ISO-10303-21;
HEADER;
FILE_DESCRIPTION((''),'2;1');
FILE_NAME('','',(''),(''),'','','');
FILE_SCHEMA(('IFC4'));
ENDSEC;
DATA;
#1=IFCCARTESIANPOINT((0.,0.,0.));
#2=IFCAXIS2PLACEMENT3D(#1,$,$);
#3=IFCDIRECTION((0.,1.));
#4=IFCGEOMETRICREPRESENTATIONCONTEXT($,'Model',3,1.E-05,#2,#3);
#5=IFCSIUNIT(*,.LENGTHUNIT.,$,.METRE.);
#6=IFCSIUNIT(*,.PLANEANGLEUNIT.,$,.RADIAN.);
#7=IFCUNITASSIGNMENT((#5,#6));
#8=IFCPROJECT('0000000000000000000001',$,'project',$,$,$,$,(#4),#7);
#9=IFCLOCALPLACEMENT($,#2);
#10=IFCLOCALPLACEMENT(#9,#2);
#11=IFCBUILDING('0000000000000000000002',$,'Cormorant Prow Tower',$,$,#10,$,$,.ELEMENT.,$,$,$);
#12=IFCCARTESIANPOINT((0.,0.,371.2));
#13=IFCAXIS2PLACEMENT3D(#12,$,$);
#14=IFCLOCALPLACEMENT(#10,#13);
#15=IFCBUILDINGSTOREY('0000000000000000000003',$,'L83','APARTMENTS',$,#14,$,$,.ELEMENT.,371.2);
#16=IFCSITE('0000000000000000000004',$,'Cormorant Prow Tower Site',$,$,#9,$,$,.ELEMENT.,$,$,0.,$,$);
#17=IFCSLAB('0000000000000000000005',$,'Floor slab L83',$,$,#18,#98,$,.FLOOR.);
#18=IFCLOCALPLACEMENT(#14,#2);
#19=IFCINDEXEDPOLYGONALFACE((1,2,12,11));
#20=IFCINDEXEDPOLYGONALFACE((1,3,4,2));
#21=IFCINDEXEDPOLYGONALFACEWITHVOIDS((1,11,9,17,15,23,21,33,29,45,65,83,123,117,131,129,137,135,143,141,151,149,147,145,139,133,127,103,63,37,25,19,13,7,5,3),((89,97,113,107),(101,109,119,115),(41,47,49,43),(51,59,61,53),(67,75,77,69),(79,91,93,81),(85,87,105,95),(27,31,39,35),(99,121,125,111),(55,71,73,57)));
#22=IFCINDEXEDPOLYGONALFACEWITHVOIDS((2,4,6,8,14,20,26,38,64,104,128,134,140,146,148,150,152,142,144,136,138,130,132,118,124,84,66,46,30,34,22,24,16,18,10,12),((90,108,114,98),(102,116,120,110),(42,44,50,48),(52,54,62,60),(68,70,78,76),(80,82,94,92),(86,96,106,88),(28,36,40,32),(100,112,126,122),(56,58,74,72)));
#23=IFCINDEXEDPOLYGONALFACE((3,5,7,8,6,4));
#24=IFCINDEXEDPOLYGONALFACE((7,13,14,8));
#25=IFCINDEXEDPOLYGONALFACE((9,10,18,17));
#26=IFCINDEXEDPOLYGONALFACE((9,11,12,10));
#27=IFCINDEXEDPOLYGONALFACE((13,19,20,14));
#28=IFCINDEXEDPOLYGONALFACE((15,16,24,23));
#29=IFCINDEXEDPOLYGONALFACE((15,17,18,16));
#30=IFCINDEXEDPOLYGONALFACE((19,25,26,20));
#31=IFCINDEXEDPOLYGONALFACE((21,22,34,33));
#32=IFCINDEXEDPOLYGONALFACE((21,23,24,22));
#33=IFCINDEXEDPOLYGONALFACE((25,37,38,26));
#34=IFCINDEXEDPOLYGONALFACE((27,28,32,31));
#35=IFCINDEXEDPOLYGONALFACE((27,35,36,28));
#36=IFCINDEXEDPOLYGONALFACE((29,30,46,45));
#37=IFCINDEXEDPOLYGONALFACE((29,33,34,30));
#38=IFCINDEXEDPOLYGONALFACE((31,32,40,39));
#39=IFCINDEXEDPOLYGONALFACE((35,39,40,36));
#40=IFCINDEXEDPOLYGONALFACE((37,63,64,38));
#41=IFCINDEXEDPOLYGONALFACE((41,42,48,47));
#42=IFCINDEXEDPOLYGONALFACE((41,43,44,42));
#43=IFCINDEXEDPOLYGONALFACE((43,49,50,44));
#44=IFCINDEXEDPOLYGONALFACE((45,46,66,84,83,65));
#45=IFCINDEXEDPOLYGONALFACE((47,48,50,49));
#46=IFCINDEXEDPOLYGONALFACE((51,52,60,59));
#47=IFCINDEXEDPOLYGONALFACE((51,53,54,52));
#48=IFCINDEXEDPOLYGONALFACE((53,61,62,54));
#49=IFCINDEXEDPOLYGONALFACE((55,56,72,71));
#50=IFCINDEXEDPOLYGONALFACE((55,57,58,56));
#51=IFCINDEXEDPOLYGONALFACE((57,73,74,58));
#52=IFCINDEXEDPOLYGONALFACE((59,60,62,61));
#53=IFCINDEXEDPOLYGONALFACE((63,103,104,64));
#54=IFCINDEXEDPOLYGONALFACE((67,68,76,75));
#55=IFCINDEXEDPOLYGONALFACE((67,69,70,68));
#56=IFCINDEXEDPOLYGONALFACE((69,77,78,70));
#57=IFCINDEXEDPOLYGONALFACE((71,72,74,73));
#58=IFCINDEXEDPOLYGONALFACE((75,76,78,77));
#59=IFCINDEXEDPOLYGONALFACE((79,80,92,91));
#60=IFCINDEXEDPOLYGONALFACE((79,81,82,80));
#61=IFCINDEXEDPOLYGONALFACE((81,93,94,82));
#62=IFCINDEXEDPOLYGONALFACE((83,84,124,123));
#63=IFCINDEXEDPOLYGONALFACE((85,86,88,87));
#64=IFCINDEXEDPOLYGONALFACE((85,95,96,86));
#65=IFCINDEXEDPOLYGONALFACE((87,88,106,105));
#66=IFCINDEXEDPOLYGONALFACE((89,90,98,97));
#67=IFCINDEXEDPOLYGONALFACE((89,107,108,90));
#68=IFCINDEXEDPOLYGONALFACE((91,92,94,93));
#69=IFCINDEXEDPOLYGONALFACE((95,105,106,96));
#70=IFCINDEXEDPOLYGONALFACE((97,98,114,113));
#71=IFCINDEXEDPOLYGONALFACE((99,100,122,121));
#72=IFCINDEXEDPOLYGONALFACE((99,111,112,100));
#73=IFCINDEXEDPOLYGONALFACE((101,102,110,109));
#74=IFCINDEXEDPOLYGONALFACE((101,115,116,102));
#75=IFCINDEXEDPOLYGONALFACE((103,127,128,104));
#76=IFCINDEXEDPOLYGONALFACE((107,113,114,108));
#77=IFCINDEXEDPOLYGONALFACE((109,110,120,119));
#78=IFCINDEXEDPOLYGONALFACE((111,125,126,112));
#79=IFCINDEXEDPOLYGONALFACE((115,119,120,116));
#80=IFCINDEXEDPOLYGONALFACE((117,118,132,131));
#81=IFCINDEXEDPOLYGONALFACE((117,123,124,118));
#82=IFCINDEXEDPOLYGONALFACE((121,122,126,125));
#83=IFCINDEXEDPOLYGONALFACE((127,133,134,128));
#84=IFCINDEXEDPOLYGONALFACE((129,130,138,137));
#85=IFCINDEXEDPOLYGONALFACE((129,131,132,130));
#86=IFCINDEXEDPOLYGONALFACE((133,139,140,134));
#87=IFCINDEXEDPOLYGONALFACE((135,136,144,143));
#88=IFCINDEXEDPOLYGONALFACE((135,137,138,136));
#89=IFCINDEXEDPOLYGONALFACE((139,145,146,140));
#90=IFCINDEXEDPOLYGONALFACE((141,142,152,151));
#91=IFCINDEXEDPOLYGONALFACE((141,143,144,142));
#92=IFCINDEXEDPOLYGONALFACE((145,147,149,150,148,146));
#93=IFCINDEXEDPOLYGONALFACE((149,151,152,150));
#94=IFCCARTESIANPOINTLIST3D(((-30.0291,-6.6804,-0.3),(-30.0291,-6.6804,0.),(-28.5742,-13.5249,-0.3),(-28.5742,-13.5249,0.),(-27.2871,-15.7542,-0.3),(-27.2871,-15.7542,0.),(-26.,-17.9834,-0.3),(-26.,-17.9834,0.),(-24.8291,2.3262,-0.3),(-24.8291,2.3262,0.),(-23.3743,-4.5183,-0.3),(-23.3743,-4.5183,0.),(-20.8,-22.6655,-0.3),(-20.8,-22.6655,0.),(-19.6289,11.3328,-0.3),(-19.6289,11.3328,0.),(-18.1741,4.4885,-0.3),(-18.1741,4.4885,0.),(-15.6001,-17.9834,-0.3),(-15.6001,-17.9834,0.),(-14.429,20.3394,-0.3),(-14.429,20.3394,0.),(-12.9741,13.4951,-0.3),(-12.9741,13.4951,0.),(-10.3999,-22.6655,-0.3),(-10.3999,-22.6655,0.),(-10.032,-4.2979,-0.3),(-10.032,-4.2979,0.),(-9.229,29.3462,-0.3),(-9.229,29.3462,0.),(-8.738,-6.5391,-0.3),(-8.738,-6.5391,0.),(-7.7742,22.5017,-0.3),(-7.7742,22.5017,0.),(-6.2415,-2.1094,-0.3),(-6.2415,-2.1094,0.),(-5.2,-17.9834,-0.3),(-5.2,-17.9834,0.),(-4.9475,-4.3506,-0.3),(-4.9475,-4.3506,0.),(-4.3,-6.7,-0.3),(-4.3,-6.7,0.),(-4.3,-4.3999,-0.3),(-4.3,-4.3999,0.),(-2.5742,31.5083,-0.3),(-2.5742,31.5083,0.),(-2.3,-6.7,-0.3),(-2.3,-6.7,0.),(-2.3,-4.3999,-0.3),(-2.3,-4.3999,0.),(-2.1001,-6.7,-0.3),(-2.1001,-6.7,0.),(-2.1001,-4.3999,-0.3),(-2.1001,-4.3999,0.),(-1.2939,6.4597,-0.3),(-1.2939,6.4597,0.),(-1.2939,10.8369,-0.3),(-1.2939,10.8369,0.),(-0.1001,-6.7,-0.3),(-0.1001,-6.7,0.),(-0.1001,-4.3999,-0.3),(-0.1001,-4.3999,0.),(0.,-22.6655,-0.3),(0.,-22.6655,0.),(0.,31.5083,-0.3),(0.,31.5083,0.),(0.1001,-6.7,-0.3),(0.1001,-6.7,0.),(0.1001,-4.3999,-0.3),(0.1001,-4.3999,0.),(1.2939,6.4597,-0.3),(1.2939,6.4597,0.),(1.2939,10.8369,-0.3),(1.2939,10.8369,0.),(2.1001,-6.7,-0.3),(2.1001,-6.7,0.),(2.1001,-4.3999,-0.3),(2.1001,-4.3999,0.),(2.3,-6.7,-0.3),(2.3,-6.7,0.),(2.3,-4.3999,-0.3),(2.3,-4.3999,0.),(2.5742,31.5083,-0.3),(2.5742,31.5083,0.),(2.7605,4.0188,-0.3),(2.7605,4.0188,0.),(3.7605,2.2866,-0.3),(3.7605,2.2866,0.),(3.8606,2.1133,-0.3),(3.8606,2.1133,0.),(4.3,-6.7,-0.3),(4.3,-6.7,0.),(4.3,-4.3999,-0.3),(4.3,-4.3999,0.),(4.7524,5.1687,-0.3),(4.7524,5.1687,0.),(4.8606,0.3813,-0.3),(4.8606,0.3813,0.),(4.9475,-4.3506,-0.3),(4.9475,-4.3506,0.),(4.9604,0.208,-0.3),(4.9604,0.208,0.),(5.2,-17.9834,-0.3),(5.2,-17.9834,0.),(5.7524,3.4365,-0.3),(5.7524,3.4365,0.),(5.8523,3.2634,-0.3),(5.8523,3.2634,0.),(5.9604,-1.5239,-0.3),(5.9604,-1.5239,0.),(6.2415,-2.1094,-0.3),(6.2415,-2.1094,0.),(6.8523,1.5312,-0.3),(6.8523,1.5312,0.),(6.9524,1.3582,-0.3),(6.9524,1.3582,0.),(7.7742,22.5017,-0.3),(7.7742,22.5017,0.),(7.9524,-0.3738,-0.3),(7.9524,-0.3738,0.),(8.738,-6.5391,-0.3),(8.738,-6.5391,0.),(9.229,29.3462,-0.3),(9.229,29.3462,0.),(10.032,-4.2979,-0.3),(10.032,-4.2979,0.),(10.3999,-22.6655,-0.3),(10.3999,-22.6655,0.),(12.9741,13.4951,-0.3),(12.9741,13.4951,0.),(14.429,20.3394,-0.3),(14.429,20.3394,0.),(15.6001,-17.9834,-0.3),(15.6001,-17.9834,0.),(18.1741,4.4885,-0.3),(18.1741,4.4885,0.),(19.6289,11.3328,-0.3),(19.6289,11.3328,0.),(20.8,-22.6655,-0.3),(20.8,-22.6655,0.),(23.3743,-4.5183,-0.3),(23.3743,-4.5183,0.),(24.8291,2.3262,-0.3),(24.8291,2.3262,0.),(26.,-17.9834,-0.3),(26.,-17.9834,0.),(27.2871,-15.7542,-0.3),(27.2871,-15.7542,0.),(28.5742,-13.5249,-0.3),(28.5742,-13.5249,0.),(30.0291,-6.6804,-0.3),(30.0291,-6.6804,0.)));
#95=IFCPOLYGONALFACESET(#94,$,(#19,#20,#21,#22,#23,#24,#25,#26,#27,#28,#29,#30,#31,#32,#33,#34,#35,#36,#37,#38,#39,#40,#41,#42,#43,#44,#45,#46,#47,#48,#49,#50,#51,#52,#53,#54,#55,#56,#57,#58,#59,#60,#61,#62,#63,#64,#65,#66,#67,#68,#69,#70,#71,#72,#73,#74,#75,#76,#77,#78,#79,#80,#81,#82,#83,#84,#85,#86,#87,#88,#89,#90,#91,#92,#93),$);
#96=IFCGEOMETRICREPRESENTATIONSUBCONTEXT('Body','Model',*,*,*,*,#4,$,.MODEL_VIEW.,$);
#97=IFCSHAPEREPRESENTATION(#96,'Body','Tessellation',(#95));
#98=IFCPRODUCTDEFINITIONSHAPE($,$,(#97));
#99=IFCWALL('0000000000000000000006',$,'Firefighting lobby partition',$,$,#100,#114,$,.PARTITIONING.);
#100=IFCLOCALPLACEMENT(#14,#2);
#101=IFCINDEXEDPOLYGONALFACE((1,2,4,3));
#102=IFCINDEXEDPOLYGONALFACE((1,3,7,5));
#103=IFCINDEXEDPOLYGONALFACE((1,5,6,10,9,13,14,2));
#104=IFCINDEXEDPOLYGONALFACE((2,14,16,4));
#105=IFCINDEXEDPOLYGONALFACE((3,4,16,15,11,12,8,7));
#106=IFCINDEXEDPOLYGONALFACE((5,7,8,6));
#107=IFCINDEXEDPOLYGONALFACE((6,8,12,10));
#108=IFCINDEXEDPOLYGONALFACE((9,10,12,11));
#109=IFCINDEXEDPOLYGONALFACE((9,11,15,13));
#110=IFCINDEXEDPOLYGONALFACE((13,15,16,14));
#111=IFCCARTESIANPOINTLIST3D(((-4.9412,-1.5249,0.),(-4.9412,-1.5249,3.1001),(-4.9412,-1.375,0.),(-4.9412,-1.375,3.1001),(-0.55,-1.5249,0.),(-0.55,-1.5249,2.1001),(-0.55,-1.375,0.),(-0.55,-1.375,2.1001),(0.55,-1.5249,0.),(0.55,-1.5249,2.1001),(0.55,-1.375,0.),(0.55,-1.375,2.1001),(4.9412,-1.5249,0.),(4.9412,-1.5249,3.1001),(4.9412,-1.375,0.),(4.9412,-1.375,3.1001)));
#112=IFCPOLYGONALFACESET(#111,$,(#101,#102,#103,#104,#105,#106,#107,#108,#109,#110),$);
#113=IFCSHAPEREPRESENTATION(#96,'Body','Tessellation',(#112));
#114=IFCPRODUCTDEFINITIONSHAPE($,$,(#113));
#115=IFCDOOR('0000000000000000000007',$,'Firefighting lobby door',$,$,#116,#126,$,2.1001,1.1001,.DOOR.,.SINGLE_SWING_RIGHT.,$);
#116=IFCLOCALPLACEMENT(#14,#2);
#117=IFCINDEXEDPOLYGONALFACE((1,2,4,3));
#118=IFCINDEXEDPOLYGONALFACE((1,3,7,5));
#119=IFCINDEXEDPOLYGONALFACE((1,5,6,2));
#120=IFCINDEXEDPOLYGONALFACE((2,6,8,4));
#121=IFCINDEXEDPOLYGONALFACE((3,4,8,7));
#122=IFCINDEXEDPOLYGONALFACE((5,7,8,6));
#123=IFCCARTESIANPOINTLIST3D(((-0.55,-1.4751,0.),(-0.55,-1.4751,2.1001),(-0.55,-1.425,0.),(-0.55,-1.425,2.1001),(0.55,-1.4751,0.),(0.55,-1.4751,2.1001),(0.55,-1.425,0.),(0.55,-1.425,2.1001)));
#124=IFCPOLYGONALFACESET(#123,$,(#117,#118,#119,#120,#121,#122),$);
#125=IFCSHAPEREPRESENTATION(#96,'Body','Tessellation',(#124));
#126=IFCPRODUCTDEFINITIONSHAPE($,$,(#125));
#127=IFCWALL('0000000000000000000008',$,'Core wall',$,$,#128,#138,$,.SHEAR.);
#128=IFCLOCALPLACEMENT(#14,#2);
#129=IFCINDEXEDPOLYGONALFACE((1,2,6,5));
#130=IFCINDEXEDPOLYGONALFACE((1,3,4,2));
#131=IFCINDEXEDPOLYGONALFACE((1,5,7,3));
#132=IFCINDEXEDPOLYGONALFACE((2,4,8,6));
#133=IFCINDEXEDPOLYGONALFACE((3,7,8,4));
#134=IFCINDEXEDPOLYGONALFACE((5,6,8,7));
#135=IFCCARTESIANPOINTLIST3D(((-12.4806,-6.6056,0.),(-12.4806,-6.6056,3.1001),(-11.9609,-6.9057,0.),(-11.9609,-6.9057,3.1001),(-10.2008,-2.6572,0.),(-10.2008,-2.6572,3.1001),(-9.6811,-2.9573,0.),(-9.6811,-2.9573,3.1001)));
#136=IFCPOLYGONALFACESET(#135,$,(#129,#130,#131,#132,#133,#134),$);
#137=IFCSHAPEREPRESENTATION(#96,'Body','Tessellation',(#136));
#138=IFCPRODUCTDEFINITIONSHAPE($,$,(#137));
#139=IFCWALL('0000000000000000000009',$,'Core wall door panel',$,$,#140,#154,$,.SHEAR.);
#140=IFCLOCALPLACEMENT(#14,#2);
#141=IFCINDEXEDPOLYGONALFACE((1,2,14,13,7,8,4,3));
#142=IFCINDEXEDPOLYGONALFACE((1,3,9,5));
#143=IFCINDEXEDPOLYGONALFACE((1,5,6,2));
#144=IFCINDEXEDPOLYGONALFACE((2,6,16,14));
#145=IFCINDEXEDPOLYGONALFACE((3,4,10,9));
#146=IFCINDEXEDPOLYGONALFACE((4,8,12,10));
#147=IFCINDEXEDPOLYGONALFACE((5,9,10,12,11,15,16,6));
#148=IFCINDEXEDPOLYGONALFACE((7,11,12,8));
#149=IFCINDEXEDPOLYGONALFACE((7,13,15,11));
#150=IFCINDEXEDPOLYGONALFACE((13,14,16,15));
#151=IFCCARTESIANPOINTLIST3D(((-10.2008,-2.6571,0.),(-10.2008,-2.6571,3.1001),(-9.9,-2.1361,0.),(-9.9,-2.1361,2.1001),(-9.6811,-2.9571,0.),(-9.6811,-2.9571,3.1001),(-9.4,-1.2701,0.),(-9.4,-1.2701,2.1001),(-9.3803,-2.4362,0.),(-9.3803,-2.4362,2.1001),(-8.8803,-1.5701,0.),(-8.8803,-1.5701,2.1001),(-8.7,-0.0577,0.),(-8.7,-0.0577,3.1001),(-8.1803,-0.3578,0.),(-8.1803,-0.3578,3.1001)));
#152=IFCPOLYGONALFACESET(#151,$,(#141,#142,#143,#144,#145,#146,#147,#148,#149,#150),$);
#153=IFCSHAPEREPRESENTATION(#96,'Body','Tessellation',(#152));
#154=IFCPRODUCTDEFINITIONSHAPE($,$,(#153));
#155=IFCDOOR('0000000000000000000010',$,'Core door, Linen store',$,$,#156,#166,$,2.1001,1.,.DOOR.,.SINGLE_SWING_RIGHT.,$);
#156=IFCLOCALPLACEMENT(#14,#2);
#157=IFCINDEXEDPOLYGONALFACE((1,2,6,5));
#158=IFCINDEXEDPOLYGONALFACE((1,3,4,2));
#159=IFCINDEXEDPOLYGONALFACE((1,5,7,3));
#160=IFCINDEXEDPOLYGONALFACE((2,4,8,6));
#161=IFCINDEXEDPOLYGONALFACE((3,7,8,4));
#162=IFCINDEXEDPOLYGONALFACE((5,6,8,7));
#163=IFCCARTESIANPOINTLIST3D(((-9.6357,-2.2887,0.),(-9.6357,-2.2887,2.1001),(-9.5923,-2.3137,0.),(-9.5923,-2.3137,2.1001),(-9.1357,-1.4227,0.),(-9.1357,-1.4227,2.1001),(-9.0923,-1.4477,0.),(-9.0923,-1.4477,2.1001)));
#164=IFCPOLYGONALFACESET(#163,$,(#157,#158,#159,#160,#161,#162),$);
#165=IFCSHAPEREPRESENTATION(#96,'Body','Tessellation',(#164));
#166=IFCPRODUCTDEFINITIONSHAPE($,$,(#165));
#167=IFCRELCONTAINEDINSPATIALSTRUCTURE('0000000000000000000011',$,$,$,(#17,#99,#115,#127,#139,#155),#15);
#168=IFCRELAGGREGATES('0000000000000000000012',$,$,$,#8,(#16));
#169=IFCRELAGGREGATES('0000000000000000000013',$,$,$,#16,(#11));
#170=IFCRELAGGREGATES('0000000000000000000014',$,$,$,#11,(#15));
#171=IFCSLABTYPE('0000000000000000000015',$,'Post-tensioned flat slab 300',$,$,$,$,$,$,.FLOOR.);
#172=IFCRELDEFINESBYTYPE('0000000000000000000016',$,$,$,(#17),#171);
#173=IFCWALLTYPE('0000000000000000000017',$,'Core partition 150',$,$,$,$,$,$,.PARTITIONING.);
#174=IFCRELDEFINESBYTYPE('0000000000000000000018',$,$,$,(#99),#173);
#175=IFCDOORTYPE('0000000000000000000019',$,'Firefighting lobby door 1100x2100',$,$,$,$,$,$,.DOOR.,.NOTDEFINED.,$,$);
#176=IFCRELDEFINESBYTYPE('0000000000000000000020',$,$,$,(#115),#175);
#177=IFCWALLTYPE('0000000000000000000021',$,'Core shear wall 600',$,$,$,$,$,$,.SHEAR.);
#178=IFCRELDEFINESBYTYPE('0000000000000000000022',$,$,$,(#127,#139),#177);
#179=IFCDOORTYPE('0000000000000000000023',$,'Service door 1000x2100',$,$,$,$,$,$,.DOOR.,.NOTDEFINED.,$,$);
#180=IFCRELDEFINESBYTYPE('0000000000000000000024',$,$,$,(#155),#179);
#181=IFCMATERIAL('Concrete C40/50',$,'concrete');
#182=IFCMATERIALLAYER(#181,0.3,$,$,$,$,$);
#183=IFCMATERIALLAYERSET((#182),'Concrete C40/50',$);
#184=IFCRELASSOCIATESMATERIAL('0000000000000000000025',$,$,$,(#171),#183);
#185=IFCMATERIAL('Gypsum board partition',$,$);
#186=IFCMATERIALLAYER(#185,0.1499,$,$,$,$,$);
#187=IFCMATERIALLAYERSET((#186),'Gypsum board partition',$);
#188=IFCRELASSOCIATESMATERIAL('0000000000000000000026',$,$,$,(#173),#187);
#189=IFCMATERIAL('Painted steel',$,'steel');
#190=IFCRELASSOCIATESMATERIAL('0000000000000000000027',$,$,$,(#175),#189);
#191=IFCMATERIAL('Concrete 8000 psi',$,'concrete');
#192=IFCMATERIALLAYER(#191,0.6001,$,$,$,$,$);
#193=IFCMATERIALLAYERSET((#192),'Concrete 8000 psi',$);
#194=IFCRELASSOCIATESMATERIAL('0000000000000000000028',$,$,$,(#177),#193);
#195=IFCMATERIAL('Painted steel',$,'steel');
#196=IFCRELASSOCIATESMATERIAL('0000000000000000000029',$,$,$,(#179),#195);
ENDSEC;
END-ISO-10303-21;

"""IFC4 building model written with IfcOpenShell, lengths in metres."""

from ifc_helpers import new_model, si_unit, direction, frame, frame_2d, origin, place, context, subcontext, project, spatial, polyline, rectangle, outline, extrude, material, layer, layer_set, type_object, element, fill, save


model = new_model("IFC4")

# Units and contexts
model_context = context("Model", 3, precision=1e-05, world=origin(), true_north=direction((0.0, 1.0)))
body_context = subcontext(model_context, "Body", "Model", "MODEL_VIEW")
ifc_project = project(units=[si_unit("LENGTHUNIT", "METRE"), si_unit("PLANEANGLEUNIT", "RADIAN")], contexts=[model_context])

# Site, building, storey
site_placement = place(None, origin())
site = spatial("IfcSite", under=ifc_project, at=site_placement, Name="Cormorant Prow Tower Site", CompositionType="ELEMENT", RefElevation=0.0)
building_placement = place(site_placement, origin())
building = spatial("IfcBuilding", under=site, at=building_placement, Name="Cormorant Prow Tower", CompositionType="ELEMENT")
storey_placement = place(building_placement, frame((0.0, 0.0, 371.2)))
storey = spatial("IfcBuildingStorey", under=building, at=storey_placement, Name="L83", Description="APARTMENTS", CompositionType="ELEMENT", Elevation=371.2)

# Slab
ifc_material_1 = material(Name="Concrete C40/50", Category="concrete")
ifc_layer_1 = layer(ifc_material_1, 0.3)
ifc_layer_set_1 = layer_set([ifc_layer_1], Name="Concrete C40/50")
slab_type_1 = type_object("IfcSlabType", Name="Post-tensioned flat slab 300", PredefinedType="FLOOR", material=ifc_layer_set_1)
slab_1_placement = place(storey_placement, frame((0.0, 0.0, -0.3)))
element("IfcSlab", 1, at=slab_1_placement, inside=storey, type_object=slab_type_1, Name="Floor slab L83", PredefinedType="FLOOR", context=body_context, shape_type="SweptSolid", body=[
    extrude(outline(polyline([(-7.7742, 22.5017), (-14.429, 20.3394), (-12.9741, 13.4951), (-19.6289, 11.3328), (-18.1741, 4.4885), (-24.8291, 2.3262), (-23.3743, -4.5183), (-30.0291, -6.6804), (-28.5742, -13.5249), (-27.2871, -15.7542), (-26.0, -17.9834), (-20.8, -22.6655), (-15.6001, -17.9834), (-10.3999, -22.6655), (-5.2, -17.9834), (0.0, -22.6655), (5.2, -17.9834), (10.3999, -22.6655), (15.6001, -17.9834), (20.8, -22.6655), (26.0, -17.9834), (27.2871, -15.7542), (28.5742, -13.5249), (30.0291, -6.6804), (23.3743, -4.5183), (24.8291, 2.3262), (18.1741, 4.4885), (19.6289, 11.3328), (12.9741, 13.4951), (14.429, 20.3394), (7.7742, 22.5017), (9.229, 29.3462), (2.5742, 31.5083), (0.0, 31.5083), (-2.5742, 31.5083), (-9.229, 29.3462), (-7.7742, 22.5017)]), holes=[polyline([(-4.3, -4.3999), (-2.3, -4.3999), (-2.3, -6.7), (-4.3, -6.7), (-4.3, -4.3999)]), polyline([(-0.1001, -4.3999), (-0.1001, -6.7), (-2.1001, -6.7), (-2.1001, -4.3999), (-0.1001, -4.3999)]), polyline([(2.1001, -6.7), (0.1001, -6.7), (0.1001, -4.3999), (2.1001, -4.3999), (2.1001, -6.7)]), polyline([(2.3, -6.7), (2.3, -4.3999), (4.3, -4.3999), (4.3, -6.7), (2.3, -6.7)]), polyline([(5.9604, -1.5239), (4.9604, 0.208), (6.9524, 1.3582), (7.9524, -0.3738), (5.9604, -1.5239)]), polyline([(3.8606, 2.1133), (5.8523, 3.2634), (6.8523, 1.5312), (4.8606, 0.3813), (3.8606, 2.1133)]), polyline([(4.7524, 5.1687), (5.7524, 3.4365), (3.7605, 2.2866), (2.7605, 4.0188), (4.7524, 5.1687)]), polyline([(-4.9475, -4.3506), (-8.738, -6.5391), (-10.032, -4.2979), (-6.2415, -2.1094), (-4.9475, -4.3506)]), polyline([(10.032, -4.2979), (8.738, -6.5391), (4.9475, -4.3506), (6.2415, -2.1094), (10.032, -4.2979)]), polyline([(1.2939, 10.8369), (1.2939, 6.4597), (-1.2939, 6.4597), (-1.2939, 10.8369), (1.2939, 10.8369)])]), origin(), (0.0, 0.0, 1.0), 0.3),
])

# Wall, opening, door
ifc_material_2 = material(Name="Gypsum board partition")
ifc_layer_2 = layer(ifc_material_2, 0.1499)
ifc_layer_set_2 = layer_set([ifc_layer_2], Name="Gypsum board partition")
wall_type_1 = type_object("IfcWallType", Name="Core partition 150", PredefinedType="PARTITIONING", material=ifc_layer_set_2)
wall_1_placement = place(storey_placement, frame((-4.9412, -1.45, 0.0), z_axis=(0.0, 0.0, 1.0), x_axis=(1.0, 0.0, 0.0)))
wall_1 = element("IfcWall", 2, at=wall_1_placement, inside=storey, type_object=wall_type_1, Name="Firefighting lobby partition", PredefinedType="PARTITIONING", context=body_context, shape_type="SweptSolid", body=[
    extrude(rectangle(XDim=9.8823, YDim=0.1499, at=frame_2d((4.9412, 0.0))), origin(), (0.0, 0.0, 1.0), 3.1001),
])
opening_1_placement = place(wall_1_placement, frame((4.3911, 0.0, 0.0)))
opening_1 = element("IfcOpeningElement", 3, at=opening_1_placement, cuts=wall_1, PredefinedType="OPENING", context=body_context, shape_type="SweptSolid", body=[
    extrude(rectangle(XDim=1.1001, YDim=2.1001, at=frame_2d((0.55, 1.05))), frame((0.0, 0.085, 0.0), z_axis=(0.0, -1.0, 0.0), x_axis=(1.0, 0.0, 0.0)), (0.0, 0.0, 1.0), 0.1699),
])
ifc_material_3 = material(Name="Painted steel", Category="steel")
door_type_1 = type_object("IfcDoorType", Name="Firefighting lobby door 1100x2100", OperationType="NOTDEFINED", PredefinedType="DOOR", material=ifc_material_3)
door_1_placement = place(opening_1_placement, origin())
door_1 = element("IfcDoor", 4, at=door_1_placement, inside=storey, type_object=door_type_1, Name="Firefighting lobby door", OperationType="SINGLE_SWING_RIGHT", OverallHeight=2.1001, OverallWidth=1.1001, PredefinedType="DOOR", context=body_context, shape_type="SweptSolid", body=[
    extrude(rectangle(XDim=1.1001, YDim=2.1001, at=frame_2d((0.55, 1.05))), frame((0.0, 0.0249, 0.0), z_axis=(0.0, -1.0, 0.0), x_axis=(1.0, 0.0, 0.0)), (0.0, 0.0, 1.0), 0.05),
])
fill(opening_1, door_1)

# Wall
ifc_material_4 = material(Name="Concrete 8000 psi", Category="concrete")
ifc_layer_3 = layer(ifc_material_4, 0.6001)
ifc_layer_set_3 = layer_set([ifc_layer_3], Name="Concrete 8000 psi")
wall_type_2 = type_object("IfcWallType", Name="Core shear wall 600", PredefinedType="SHEAR", material=ifc_layer_set_3)
wall_2_placement = place(storey_placement, frame((-9.9409, -2.8071, 0.0), z_axis=(0.0, 0.0, 1.0), x_axis=(-0.500021, -0.866013, 0.0)))
element("IfcWall", 5, at=wall_2_placement, inside=storey, type_object=wall_type_2, Name="Core wall", PredefinedType="SHEAR", context=body_context, shape_type="SweptSolid", body=[
    extrude(rectangle(XDim=4.5593, YDim=0.6001, at=frame_2d((2.2798, 0.0))), origin(), (0.0, 0.0, 1.0), 3.1001),
])

# Wall, opening, door
wall_3_placement = place(storey_placement, frame((-8.4402, -0.2078, 0.0), z_axis=(0.0, 0.0, 1.0), x_axis=(-0.499997, -0.866027, 0.0)))
wall_3 = element("IfcWall", 6, at=wall_3_placement, inside=storey, type_object=wall_type_2, Name="Core wall door panel", PredefinedType="SHEAR", context=body_context, shape_type="SweptSolid", body=[
    extrude(rectangle(XDim=3.0015, YDim=0.6001, at=frame_2d((1.5007, 0.0))), origin(), (0.0, 0.0, 1.0), 3.1001),
])
opening_2_placement = place(wall_3_placement, frame((1.3999, 0.0, 0.0)))
opening_2 = element("IfcOpeningElement", 7, at=opening_2_placement, cuts=wall_3, PredefinedType="OPENING", context=body_context, shape_type="SweptSolid", body=[
    extrude(rectangle(XDim=1.0, YDim=2.1001, at=frame_2d((0.5, 1.05))), frame((0.0, 0.3101, 0.0), z_axis=(0.0, -1.0, 0.0), x_axis=(1.0, 0.0, 0.0)), (0.0, 0.0, 1.0), 0.6201),
])
ifc_material_5 = material(Name="Painted steel", Category="steel")
door_type_2 = type_object("IfcDoorType", Name="Service door 1000x2100", OperationType="NOTDEFINED", PredefinedType="DOOR", material=ifc_material_5)
door_2_placement = place(opening_2_placement, origin())
door_2 = element("IfcDoor", 8, at=door_2_placement, inside=storey, type_object=door_type_2, Name="Core door, Linen store", OperationType="SINGLE_SWING_RIGHT", OverallHeight=2.1001, OverallWidth=1.0, PredefinedType="DOOR", context=body_context, shape_type="SweptSolid", body=[
    extrude(rectangle(XDim=1.0, YDim=2.1001, at=frame_2d((0.5, 1.05))), frame((0.0, 0.0552, 0.0), z_axis=(0.0, -1.0, 0.0), x_axis=(1.0, 0.0, 0.0)), (0.0, 0.0, 1.0), 0.05),
])
fill(opening_2, door_2)

save(model, "model.ifc")
